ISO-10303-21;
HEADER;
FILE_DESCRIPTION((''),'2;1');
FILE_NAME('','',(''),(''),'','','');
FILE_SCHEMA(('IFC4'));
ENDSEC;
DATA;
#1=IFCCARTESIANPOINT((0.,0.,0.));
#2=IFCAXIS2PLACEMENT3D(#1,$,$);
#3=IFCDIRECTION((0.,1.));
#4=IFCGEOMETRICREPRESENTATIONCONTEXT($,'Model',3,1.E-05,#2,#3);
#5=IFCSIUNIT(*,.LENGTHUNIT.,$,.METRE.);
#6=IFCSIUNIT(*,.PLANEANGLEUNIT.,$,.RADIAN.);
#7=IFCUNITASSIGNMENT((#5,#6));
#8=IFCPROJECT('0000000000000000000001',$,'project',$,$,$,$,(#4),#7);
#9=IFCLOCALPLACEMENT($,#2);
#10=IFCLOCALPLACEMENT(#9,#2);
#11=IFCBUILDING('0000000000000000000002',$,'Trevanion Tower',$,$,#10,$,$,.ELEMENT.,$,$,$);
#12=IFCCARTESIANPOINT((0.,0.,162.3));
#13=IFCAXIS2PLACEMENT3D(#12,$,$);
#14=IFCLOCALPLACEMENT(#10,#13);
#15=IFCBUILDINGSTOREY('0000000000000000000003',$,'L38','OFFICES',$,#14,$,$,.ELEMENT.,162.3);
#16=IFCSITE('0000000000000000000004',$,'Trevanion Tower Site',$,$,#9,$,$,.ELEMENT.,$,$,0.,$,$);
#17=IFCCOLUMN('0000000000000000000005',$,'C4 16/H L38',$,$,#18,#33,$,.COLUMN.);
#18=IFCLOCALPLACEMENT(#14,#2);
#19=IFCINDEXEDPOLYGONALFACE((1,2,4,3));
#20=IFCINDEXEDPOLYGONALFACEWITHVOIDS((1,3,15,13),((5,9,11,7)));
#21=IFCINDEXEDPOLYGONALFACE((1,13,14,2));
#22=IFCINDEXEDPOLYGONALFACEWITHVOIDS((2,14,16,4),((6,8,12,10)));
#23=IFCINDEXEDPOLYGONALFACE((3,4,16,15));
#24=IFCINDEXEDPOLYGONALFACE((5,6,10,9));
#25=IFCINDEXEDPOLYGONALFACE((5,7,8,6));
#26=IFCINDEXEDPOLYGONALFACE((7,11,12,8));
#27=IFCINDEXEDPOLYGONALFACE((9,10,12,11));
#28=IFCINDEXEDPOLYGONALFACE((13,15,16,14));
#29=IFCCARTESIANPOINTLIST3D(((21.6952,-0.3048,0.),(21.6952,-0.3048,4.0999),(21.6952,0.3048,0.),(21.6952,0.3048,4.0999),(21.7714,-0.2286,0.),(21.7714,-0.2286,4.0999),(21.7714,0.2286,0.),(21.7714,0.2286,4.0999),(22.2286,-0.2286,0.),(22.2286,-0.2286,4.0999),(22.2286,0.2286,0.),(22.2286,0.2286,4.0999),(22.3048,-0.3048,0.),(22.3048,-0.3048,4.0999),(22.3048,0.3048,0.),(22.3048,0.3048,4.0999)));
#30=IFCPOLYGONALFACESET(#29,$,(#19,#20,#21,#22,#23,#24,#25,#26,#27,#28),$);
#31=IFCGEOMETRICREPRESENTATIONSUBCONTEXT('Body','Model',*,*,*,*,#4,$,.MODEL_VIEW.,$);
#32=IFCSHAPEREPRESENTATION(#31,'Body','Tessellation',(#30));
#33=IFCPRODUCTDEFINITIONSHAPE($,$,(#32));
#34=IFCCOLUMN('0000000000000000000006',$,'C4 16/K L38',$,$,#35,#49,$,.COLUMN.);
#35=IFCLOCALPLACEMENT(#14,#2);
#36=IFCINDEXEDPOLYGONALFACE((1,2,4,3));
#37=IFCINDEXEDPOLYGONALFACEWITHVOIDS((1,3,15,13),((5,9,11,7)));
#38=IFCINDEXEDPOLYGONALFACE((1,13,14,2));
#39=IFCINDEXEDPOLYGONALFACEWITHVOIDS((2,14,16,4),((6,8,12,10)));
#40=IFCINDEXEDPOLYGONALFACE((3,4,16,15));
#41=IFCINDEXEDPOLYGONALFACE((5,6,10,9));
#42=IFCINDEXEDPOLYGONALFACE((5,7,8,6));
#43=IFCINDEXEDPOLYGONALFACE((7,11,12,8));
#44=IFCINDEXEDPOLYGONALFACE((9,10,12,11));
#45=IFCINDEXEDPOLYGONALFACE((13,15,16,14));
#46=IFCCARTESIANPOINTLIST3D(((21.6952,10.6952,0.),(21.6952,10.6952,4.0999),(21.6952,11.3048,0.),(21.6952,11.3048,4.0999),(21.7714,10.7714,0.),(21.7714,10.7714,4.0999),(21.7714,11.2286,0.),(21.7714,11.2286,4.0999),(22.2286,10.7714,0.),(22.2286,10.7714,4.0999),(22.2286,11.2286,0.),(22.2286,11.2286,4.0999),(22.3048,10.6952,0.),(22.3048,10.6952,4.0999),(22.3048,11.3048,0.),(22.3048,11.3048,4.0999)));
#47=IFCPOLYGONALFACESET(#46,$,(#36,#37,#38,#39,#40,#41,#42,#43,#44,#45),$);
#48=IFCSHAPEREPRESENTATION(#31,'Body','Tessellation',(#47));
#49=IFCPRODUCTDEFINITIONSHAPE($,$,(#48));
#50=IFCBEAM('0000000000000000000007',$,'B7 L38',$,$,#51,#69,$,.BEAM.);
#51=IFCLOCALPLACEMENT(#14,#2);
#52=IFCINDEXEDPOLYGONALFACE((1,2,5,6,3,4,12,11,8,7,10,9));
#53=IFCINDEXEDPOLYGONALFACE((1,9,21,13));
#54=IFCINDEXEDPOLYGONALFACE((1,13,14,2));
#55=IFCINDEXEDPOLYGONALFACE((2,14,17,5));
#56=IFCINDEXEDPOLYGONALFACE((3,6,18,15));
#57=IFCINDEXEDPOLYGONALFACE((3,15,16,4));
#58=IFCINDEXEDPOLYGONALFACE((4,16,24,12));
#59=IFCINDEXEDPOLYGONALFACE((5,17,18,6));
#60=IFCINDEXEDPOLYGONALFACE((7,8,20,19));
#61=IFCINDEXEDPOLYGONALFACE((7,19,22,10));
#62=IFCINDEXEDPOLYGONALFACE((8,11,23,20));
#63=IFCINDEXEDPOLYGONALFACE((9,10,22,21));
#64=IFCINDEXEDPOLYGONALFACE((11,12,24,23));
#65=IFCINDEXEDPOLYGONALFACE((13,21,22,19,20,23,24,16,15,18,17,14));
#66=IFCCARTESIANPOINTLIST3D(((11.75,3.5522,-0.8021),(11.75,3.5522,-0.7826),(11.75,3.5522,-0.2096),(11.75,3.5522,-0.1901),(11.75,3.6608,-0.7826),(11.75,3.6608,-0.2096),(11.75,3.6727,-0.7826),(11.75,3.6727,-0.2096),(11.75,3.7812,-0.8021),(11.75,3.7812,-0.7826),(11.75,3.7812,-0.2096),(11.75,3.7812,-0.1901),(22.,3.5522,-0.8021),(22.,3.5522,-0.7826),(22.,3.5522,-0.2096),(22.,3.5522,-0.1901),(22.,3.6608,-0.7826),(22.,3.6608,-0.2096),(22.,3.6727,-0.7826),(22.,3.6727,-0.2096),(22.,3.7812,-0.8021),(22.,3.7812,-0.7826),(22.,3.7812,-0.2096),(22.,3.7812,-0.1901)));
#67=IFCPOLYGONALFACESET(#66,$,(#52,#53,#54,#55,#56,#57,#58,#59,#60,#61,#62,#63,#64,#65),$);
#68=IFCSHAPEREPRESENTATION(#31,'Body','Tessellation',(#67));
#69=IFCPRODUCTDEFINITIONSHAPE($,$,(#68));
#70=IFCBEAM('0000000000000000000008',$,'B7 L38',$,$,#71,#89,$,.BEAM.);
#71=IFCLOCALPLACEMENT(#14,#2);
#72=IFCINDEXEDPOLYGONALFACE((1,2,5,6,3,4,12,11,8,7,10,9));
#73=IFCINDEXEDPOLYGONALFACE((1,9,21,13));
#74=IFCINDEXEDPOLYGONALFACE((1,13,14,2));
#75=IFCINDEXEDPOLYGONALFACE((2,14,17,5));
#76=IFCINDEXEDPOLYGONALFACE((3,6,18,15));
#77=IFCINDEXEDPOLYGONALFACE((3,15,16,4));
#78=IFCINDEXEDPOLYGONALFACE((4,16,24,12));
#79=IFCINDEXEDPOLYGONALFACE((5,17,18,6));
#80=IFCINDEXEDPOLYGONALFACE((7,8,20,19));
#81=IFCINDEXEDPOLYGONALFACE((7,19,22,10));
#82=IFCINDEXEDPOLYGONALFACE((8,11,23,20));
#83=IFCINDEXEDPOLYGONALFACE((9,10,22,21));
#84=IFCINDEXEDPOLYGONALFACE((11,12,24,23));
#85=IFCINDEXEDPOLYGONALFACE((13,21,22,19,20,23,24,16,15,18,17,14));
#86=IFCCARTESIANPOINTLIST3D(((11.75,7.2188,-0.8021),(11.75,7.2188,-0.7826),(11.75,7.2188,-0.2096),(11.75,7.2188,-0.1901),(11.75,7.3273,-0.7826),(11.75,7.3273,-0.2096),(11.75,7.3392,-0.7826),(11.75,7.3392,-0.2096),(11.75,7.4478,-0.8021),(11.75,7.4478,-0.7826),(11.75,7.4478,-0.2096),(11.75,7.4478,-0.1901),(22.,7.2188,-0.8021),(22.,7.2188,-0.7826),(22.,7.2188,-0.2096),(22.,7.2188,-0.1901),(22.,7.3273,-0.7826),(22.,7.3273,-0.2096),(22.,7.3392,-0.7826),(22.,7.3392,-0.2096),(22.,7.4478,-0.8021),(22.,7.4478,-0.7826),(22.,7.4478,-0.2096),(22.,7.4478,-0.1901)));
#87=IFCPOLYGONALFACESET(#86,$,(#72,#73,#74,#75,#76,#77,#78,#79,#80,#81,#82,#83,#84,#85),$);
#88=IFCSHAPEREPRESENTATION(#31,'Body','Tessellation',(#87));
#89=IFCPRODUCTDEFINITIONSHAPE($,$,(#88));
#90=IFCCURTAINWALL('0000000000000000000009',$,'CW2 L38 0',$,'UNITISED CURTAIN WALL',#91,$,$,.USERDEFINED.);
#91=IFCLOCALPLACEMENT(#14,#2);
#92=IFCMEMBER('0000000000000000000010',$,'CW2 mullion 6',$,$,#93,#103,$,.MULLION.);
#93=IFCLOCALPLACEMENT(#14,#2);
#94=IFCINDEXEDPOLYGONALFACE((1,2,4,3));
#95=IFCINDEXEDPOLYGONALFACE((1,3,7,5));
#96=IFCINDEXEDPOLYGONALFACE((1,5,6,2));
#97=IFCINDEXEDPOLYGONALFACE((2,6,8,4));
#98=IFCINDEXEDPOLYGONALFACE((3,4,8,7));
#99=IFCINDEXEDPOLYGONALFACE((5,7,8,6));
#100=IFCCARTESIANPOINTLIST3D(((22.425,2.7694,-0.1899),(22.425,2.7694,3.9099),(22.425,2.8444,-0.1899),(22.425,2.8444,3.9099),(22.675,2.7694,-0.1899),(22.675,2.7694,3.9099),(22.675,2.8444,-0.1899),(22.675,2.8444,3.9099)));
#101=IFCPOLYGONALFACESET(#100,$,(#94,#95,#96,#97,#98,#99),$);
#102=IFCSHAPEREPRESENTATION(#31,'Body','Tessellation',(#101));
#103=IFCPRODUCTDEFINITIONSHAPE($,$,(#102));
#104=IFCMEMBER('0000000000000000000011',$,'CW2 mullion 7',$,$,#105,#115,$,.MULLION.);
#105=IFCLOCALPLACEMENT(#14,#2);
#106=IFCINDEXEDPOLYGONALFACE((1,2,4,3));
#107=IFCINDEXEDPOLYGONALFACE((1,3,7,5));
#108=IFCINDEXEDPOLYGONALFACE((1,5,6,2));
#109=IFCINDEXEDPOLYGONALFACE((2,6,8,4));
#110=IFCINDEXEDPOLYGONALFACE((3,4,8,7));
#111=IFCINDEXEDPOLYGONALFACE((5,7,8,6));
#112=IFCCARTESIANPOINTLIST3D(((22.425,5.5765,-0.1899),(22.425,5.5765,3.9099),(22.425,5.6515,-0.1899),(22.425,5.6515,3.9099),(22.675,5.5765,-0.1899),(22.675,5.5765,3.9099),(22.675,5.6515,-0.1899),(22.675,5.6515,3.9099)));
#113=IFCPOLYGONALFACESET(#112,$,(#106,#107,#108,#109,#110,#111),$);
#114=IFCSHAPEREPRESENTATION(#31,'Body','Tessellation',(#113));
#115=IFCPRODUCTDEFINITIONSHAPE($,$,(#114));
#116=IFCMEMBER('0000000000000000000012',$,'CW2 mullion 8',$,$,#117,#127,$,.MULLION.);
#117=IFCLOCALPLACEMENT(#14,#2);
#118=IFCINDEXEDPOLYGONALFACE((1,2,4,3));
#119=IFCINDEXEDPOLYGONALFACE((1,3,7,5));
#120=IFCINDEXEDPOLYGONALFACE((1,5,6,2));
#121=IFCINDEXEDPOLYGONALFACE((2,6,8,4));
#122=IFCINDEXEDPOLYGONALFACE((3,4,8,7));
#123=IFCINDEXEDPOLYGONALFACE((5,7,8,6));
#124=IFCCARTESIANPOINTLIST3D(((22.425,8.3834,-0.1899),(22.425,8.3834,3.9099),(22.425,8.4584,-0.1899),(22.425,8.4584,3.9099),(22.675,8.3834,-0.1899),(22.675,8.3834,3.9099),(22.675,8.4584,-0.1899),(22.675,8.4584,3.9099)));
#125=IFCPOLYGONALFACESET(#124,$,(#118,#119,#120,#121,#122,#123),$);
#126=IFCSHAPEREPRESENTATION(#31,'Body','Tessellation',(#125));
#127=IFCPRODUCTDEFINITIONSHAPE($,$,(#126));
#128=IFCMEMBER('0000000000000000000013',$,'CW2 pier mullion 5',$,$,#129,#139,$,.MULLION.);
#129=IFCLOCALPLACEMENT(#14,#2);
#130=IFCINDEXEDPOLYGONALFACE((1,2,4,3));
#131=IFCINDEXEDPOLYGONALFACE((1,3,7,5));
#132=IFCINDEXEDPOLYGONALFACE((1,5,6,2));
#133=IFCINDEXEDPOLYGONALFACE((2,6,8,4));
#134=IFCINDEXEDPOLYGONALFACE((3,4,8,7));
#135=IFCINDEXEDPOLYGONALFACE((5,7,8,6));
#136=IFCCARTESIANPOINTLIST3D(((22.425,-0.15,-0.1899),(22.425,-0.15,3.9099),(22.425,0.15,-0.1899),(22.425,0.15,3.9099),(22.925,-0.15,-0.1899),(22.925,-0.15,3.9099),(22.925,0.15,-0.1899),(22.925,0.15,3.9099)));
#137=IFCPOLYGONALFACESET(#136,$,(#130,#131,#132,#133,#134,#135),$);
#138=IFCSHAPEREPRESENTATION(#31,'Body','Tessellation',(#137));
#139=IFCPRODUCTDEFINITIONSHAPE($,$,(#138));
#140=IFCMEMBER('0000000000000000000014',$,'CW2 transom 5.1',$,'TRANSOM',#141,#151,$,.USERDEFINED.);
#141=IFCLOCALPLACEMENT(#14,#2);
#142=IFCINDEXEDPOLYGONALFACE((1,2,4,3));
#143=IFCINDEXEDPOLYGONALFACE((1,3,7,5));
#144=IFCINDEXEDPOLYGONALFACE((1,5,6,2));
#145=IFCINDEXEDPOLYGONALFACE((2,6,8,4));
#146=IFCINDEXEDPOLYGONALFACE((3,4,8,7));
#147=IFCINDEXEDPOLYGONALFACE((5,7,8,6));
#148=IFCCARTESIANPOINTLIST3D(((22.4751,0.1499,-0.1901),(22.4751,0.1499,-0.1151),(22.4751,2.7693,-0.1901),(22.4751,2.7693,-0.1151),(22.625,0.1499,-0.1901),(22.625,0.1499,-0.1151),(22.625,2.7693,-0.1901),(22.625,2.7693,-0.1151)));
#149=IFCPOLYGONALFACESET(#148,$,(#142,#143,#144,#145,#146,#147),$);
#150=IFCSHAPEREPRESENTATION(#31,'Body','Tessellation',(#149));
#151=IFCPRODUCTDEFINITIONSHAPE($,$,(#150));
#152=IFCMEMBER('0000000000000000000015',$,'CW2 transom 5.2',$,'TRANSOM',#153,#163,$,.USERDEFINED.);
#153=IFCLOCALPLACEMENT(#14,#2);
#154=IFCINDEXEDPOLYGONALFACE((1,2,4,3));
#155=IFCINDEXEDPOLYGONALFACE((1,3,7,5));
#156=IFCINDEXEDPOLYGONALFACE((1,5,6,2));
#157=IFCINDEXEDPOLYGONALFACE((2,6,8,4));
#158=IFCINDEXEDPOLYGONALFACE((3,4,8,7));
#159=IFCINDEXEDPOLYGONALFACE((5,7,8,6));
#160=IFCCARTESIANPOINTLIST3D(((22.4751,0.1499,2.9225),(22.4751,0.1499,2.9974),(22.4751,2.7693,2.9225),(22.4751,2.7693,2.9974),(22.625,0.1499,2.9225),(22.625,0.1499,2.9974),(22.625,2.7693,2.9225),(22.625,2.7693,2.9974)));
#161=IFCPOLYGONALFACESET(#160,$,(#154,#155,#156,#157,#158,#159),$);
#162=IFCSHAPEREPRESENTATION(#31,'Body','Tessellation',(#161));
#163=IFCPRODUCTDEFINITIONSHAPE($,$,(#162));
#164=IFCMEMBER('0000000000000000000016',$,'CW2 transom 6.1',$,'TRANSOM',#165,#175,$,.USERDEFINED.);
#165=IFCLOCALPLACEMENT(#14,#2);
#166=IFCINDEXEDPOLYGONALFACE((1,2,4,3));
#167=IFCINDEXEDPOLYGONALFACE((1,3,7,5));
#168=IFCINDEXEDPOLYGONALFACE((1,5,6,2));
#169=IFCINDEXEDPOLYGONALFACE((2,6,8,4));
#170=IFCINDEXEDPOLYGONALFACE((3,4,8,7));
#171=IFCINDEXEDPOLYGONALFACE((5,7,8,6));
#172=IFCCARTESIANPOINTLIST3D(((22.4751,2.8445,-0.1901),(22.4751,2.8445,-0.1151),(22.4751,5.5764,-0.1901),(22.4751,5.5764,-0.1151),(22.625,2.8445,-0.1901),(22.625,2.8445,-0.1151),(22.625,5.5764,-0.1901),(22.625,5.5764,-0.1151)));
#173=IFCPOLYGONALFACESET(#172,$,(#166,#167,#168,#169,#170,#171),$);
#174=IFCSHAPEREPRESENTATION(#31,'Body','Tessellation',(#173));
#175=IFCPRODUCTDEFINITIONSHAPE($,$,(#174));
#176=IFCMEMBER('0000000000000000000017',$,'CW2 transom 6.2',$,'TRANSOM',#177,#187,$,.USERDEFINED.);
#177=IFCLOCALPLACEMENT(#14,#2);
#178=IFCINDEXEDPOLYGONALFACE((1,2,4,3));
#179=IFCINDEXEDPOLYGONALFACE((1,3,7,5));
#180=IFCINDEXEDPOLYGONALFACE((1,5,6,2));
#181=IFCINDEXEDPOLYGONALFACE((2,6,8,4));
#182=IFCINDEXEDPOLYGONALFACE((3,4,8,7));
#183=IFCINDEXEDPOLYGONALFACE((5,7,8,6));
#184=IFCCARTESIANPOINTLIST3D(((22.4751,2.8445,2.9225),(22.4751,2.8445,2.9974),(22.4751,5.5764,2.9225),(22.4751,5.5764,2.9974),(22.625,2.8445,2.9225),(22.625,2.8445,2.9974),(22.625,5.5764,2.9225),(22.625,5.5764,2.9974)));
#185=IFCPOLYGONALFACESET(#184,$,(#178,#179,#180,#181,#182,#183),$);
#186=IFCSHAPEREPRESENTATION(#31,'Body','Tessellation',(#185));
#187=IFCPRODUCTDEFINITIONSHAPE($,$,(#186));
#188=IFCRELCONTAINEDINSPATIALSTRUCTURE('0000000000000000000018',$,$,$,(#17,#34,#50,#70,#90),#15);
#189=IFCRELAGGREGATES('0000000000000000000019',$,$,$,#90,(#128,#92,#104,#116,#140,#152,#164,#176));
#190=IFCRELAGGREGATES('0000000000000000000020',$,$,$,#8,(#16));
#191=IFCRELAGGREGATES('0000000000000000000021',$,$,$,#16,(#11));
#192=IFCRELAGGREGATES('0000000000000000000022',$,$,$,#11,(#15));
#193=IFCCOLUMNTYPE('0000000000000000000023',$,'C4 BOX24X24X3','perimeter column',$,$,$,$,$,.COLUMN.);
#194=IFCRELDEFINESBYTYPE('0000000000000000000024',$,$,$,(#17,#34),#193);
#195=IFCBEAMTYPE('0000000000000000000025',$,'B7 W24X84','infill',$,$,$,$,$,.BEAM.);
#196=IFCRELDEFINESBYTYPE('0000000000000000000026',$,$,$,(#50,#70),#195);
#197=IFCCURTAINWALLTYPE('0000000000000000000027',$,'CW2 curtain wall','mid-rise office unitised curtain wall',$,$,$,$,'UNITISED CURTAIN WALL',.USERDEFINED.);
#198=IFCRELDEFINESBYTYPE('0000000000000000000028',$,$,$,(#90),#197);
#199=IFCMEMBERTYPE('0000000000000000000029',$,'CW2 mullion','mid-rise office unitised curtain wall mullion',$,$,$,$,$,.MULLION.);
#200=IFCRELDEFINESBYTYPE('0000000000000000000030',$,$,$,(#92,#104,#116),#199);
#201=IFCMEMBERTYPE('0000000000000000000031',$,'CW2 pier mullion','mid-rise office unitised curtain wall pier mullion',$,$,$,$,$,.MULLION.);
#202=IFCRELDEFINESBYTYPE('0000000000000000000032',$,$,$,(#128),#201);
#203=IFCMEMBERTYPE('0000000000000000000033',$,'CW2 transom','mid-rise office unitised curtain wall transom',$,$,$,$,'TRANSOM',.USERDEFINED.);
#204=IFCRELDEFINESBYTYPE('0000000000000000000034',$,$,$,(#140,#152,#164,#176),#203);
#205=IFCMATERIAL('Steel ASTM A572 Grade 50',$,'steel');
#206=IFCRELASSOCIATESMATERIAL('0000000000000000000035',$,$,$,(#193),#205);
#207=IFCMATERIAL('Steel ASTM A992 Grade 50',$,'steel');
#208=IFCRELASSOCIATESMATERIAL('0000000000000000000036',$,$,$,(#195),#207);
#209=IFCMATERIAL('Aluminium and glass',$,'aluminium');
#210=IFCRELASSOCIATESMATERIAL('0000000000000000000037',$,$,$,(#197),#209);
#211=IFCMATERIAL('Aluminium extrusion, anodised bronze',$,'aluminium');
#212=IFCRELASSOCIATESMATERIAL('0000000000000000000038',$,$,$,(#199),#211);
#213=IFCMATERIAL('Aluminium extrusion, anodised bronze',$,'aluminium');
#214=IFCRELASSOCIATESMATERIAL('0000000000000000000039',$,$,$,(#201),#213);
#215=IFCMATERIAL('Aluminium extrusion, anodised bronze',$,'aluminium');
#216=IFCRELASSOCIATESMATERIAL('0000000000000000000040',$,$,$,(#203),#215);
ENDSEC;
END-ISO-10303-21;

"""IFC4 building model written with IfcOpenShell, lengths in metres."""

from ifc_helpers import new_model, si_unit, direction, frame, origin, origin_2d, place, context, subcontext, project, spatial, rectangle, hollow_rectangle, i_section, extrude, material, material_profile, profile_set, type_object, element, aggregate, save


model = new_model("IFC4")

# Units and contexts
model_context = context("Model", 3, precision=1e-05, world=origin(), true_north=direction((0.0, 1.0)))
body_context = subcontext(model_context, "Body", "Model", "MODEL_VIEW")
ifc_project = project(units=[si_unit("LENGTHUNIT", "METRE"), si_unit("PLANEANGLEUNIT", "RADIAN")], contexts=[model_context])

# Site, building, storey
site_placement = place(None, origin())
site = spatial("IfcSite", under=ifc_project, at=site_placement, Name="Trevanion Tower Site", CompositionType="ELEMENT", RefElevation=0.0)
building_placement = place(site_placement, origin())
building = spatial("IfcBuilding", under=site, at=building_placement, Name="Trevanion Tower", CompositionType="ELEMENT")
storey_placement = place(building_placement, frame((0.0, 0.0, 162.3)))
storey = spatial("IfcBuildingStorey", under=building, at=storey_placement, Name="L38", Description="OFFICES", CompositionType="ELEMENT", Elevation=162.3)

# Columns
ifc_material_1 = material(Name="Steel ASTM A572 Grade 50", Category="steel")
ifc_material_profile_1 = material_profile(ifc_material_1, hollow_rectangle(XDim=0.6096, YDim=0.6096, WallThickness=0.0762, at=origin_2d()), Name="BOX24X24X3")
ifc_profile_set_1 = profile_set([ifc_material_profile_1], Name="Steel ASTM A572 Grade 50")
column_type = type_object("IfcColumnType", Name="C4 BOX24X24X3", Description="perimeter column", PredefinedType="COLUMN", material=ifc_profile_set_1)
for number, where, z_axis, x_axis, name in (
    (1, (22.0, 0.0, 0.0), (0.0, 0.0, 1.0), (0.0, 1.0, 0.0), "C4 16/H L38"),
    (2, (22.0, 11.0, 0.0), (0.0, 0.0, 1.0), (0.0, 1.0, 0.0), "C4 16/K L38"),
):
    element("IfcColumn", number, at=place(storey_placement, frame(where, z_axis=z_axis, x_axis=x_axis)), inside=storey, type_object=column_type, Name=name, PredefinedType="COLUMN", context=body_context, shape_type="SweptSolid", body=[
        extrude(hollow_rectangle(XDim=0.6096, YDim=0.6096, WallThickness=0.0762, at=origin_2d()), origin(), (0.0, 0.0, 1.0), 4.0999),
    ])

# Beams
ifc_material_2 = material(Name="Steel ASTM A992 Grade 50", Category="steel")
ifc_material_profile_2 = material_profile(ifc_material_2, i_section(OverallWidth=0.229, OverallDepth=0.6121, WebThickness=0.012, FlangeThickness=0.0195, at=origin_2d()), Name="W24X84")
ifc_profile_set_2 = profile_set([ifc_material_profile_2], Name="Steel ASTM A992 Grade 50")
beam_type_1 = type_object("IfcBeamType", Name="B7 W24X84", Description="infill", PredefinedType="BEAM", material=ifc_profile_set_2)
for number, where, z_axis, x_axis, name in (
    (3, (11.75, 3.6667, -0.4961), (1.0, 0.0, 0.0), (0.0, 1.0, 0.0), "B7 L38"),
    (4, (11.75, 7.3333, -0.4961), (1.0, 0.0, 0.0), (0.0, 1.0, 0.0), "B7 L38"),
):
    element("IfcBeam", number, at=place(storey_placement, frame(where, z_axis=z_axis, x_axis=x_axis)), inside=storey, type_object=beam_type_1, Name=name, PredefinedType="BEAM", context=body_context, shape_type="SweptSolid", body=[
        extrude(i_section(OverallWidth=0.229, OverallDepth=0.6121, WebThickness=0.012, FlangeThickness=0.0195, at=origin_2d()), origin(), (0.0, 0.0, 1.0), 10.25),
    ])

# Curtain wall, members
ifc_material_3 = material(Name="Aluminium and glass", Category="aluminium")
curtain_wall_type = type_object("IfcCurtainWallType", Name="CW2 curtain wall", Description="mid-rise office unitised curtain wall", ElementType="UNITISED CURTAIN WALL", PredefinedType="USERDEFINED", material=ifc_material_3)
curtain_wall_placement = place(storey_placement, origin())
curtain_wall = element("IfcCurtainWall", 5, at=curtain_wall_placement, inside=storey, type_object=curtain_wall_type, Name="CW2 L38 0", ObjectType="UNITISED CURTAIN WALL", PredefinedType="USERDEFINED")
ifc_material_4 = material(Name="Aluminium extrusion, anodised bronze", Category="aluminium")
ifc_material_profile_3 = material_profile(ifc_material_4, rectangle(XDim=0.075, YDim=0.25, at=origin_2d()), Name="CW2 mullion")
ifc_profile_set_3 = profile_set([ifc_material_profile_3], Name="Aluminium extrusion, anodised bronze")
member_type_1 = type_object("IfcMemberType", Name="CW2 mullion", Description="mid-rise office unitised curtain wall mullion", PredefinedType="MULLION", material=ifc_profile_set_3)
member_1_placement = place(storey_placement, frame((22.55, 2.8069, -0.1899), z_axis=(0.0, 0.0, 1.0), x_axis=(0.0, 1.0, 0.0)))
member_1 = element("IfcMember", 6, at=member_1_placement, type_object=member_type_1, Name="CW2 mullion 6", PredefinedType="MULLION", context=body_context, shape_type="SweptSolid", body=[
    extrude(rectangle(XDim=0.075, YDim=0.25, at=origin_2d()), origin(), (0.0, 0.0, 1.0), 4.0999),
])
member_2_placement = place(storey_placement, frame((22.55, 5.614, -0.1899), z_axis=(0.0, 0.0, 1.0), x_axis=(0.0, 1.0, 0.0)))
member_2 = element("IfcMember", 7, at=member_2_placement, type_object=member_type_1, Name="CW2 mullion 7", PredefinedType="MULLION", context=body_context, shape_type="SweptSolid", body=[
    extrude(rectangle(XDim=0.075, YDim=0.25, at=origin_2d()), origin(), (0.0, 0.0, 1.0), 4.0999),
])
member_3_placement = place(storey_placement, frame((22.55, 8.4209, -0.1899), z_axis=(0.0, 0.0, 1.0), x_axis=(0.0, 1.0, 0.0)))
member_3 = element("IfcMember", 8, at=member_3_placement, type_object=member_type_1, Name="CW2 mullion 8", PredefinedType="MULLION", context=body_context, shape_type="SweptSolid", body=[
    extrude(rectangle(XDim=0.075, YDim=0.25, at=origin_2d()), origin(), (0.0, 0.0, 1.0), 4.0999),
])
ifc_material_5 = material(Name="Aluminium extrusion, anodised bronze", Category="aluminium")
ifc_material_profile_4 = material_profile(ifc_material_5, rectangle(XDim=0.3, YDim=0.5, at=origin_2d()), Name="CW2 pier mullion")
ifc_profile_set_4 = profile_set([ifc_material_profile_4], Name="Aluminium extrusion, anodised bronze")
member_type_2 = type_object("IfcMemberType", Name="CW2 pier mullion", Description="mid-rise office unitised curtain wall pier mullion", PredefinedType="MULLION", material=ifc_profile_set_4)
member_4_placement = place(storey_placement, frame((22.675, 0.0, -0.1899), z_axis=(0.0, 0.0, 1.0), x_axis=(0.0, 1.0, 0.0)))
member_4 = element("IfcMember", 9, at=member_4_placement, type_object=member_type_2, Name="CW2 pier mullion 5", PredefinedType="MULLION", context=body_context, shape_type="SweptSolid", body=[
    extrude(rectangle(XDim=0.3, YDim=0.5, at=origin_2d()), origin(), (0.0, 0.0, 1.0), 4.0999),
])
ifc_material_6 = material(Name="Aluminium extrusion, anodised bronze", Category="aluminium")
ifc_material_profile_5 = material_profile(ifc_material_6, rectangle(XDim=0.1499, YDim=0.075, at=origin_2d()), Name="CW2 transom")
ifc_profile_set_5 = profile_set([ifc_material_profile_5], Name="Aluminium extrusion, anodised bronze")
member_type_3 = type_object("IfcMemberType", Name="CW2 transom", Description="mid-rise office unitised curtain wall transom", ElementType="TRANSOM", PredefinedType="USERDEFINED", material=ifc_profile_set_5)
member_5_placement = place(storey_placement, frame((22.55, 0.1499, -0.1526), z_axis=(0.0, 1.0, 0.0), x_axis=(-1.0, 0.0, 0.0)))
member_5 = element("IfcMember", 10, at=member_5_placement, type_object=member_type_3, Name="CW2 transom 5.1", ObjectType="TRANSOM", PredefinedType="USERDEFINED", context=body_context, shape_type="SweptSolid", body=[
    extrude(rectangle(XDim=0.1499, YDim=0.075, at=origin_2d()), origin(), (0.0, 0.0, 1.0), 2.6194),
])
member_6_placement = place(storey_placement, frame((22.55, 0.1499, 2.96), z_axis=(0.0, 1.0, 0.0), x_axis=(-1.0, 0.0, 0.0)))
member_6 = element("IfcMember", 11, at=member_6_placement, type_object=member_type_3, Name="CW2 transom 5.2", ObjectType="TRANSOM", PredefinedType="USERDEFINED", context=body_context, shape_type="SweptSolid", body=[
    extrude(rectangle(XDim=0.1499, YDim=0.075, at=origin_2d()), origin(), (0.0, 0.0, 1.0), 2.6194),
])
member_7_placement = place(storey_placement, frame((22.55, 2.8445, -0.1526), z_axis=(0.0, 1.0, 0.0), x_axis=(-1.0, 0.0, 0.0)))
member_7 = element("IfcMember", 12, at=member_7_placement, type_object=member_type_3, Name="CW2 transom 6.1", ObjectType="TRANSOM", PredefinedType="USERDEFINED", context=body_context, shape_type="SweptSolid", body=[
    extrude(rectangle(XDim=0.1499, YDim=0.075, at=origin_2d()), origin(), (0.0, 0.0, 1.0), 2.7319),
])
member_8_placement = place(storey_placement, frame((22.55, 2.8445, 2.96), z_axis=(0.0, 1.0, 0.0), x_axis=(-1.0, 0.0, 0.0)))
member_8 = element("IfcMember", 13, at=member_8_placement, type_object=member_type_3, Name="CW2 transom 6.2", ObjectType="TRANSOM", PredefinedType="USERDEFINED", context=body_context, shape_type="SweptSolid", body=[
    extrude(rectangle(XDim=0.1499, YDim=0.075, at=origin_2d()), origin(), (0.0, 0.0, 1.0), 2.7319),
])

aggregate(curtain_wall, [member_4, member_1, member_2, member_3, member_5, member_6, member_7, member_8])

save(model, "model.ifc")
